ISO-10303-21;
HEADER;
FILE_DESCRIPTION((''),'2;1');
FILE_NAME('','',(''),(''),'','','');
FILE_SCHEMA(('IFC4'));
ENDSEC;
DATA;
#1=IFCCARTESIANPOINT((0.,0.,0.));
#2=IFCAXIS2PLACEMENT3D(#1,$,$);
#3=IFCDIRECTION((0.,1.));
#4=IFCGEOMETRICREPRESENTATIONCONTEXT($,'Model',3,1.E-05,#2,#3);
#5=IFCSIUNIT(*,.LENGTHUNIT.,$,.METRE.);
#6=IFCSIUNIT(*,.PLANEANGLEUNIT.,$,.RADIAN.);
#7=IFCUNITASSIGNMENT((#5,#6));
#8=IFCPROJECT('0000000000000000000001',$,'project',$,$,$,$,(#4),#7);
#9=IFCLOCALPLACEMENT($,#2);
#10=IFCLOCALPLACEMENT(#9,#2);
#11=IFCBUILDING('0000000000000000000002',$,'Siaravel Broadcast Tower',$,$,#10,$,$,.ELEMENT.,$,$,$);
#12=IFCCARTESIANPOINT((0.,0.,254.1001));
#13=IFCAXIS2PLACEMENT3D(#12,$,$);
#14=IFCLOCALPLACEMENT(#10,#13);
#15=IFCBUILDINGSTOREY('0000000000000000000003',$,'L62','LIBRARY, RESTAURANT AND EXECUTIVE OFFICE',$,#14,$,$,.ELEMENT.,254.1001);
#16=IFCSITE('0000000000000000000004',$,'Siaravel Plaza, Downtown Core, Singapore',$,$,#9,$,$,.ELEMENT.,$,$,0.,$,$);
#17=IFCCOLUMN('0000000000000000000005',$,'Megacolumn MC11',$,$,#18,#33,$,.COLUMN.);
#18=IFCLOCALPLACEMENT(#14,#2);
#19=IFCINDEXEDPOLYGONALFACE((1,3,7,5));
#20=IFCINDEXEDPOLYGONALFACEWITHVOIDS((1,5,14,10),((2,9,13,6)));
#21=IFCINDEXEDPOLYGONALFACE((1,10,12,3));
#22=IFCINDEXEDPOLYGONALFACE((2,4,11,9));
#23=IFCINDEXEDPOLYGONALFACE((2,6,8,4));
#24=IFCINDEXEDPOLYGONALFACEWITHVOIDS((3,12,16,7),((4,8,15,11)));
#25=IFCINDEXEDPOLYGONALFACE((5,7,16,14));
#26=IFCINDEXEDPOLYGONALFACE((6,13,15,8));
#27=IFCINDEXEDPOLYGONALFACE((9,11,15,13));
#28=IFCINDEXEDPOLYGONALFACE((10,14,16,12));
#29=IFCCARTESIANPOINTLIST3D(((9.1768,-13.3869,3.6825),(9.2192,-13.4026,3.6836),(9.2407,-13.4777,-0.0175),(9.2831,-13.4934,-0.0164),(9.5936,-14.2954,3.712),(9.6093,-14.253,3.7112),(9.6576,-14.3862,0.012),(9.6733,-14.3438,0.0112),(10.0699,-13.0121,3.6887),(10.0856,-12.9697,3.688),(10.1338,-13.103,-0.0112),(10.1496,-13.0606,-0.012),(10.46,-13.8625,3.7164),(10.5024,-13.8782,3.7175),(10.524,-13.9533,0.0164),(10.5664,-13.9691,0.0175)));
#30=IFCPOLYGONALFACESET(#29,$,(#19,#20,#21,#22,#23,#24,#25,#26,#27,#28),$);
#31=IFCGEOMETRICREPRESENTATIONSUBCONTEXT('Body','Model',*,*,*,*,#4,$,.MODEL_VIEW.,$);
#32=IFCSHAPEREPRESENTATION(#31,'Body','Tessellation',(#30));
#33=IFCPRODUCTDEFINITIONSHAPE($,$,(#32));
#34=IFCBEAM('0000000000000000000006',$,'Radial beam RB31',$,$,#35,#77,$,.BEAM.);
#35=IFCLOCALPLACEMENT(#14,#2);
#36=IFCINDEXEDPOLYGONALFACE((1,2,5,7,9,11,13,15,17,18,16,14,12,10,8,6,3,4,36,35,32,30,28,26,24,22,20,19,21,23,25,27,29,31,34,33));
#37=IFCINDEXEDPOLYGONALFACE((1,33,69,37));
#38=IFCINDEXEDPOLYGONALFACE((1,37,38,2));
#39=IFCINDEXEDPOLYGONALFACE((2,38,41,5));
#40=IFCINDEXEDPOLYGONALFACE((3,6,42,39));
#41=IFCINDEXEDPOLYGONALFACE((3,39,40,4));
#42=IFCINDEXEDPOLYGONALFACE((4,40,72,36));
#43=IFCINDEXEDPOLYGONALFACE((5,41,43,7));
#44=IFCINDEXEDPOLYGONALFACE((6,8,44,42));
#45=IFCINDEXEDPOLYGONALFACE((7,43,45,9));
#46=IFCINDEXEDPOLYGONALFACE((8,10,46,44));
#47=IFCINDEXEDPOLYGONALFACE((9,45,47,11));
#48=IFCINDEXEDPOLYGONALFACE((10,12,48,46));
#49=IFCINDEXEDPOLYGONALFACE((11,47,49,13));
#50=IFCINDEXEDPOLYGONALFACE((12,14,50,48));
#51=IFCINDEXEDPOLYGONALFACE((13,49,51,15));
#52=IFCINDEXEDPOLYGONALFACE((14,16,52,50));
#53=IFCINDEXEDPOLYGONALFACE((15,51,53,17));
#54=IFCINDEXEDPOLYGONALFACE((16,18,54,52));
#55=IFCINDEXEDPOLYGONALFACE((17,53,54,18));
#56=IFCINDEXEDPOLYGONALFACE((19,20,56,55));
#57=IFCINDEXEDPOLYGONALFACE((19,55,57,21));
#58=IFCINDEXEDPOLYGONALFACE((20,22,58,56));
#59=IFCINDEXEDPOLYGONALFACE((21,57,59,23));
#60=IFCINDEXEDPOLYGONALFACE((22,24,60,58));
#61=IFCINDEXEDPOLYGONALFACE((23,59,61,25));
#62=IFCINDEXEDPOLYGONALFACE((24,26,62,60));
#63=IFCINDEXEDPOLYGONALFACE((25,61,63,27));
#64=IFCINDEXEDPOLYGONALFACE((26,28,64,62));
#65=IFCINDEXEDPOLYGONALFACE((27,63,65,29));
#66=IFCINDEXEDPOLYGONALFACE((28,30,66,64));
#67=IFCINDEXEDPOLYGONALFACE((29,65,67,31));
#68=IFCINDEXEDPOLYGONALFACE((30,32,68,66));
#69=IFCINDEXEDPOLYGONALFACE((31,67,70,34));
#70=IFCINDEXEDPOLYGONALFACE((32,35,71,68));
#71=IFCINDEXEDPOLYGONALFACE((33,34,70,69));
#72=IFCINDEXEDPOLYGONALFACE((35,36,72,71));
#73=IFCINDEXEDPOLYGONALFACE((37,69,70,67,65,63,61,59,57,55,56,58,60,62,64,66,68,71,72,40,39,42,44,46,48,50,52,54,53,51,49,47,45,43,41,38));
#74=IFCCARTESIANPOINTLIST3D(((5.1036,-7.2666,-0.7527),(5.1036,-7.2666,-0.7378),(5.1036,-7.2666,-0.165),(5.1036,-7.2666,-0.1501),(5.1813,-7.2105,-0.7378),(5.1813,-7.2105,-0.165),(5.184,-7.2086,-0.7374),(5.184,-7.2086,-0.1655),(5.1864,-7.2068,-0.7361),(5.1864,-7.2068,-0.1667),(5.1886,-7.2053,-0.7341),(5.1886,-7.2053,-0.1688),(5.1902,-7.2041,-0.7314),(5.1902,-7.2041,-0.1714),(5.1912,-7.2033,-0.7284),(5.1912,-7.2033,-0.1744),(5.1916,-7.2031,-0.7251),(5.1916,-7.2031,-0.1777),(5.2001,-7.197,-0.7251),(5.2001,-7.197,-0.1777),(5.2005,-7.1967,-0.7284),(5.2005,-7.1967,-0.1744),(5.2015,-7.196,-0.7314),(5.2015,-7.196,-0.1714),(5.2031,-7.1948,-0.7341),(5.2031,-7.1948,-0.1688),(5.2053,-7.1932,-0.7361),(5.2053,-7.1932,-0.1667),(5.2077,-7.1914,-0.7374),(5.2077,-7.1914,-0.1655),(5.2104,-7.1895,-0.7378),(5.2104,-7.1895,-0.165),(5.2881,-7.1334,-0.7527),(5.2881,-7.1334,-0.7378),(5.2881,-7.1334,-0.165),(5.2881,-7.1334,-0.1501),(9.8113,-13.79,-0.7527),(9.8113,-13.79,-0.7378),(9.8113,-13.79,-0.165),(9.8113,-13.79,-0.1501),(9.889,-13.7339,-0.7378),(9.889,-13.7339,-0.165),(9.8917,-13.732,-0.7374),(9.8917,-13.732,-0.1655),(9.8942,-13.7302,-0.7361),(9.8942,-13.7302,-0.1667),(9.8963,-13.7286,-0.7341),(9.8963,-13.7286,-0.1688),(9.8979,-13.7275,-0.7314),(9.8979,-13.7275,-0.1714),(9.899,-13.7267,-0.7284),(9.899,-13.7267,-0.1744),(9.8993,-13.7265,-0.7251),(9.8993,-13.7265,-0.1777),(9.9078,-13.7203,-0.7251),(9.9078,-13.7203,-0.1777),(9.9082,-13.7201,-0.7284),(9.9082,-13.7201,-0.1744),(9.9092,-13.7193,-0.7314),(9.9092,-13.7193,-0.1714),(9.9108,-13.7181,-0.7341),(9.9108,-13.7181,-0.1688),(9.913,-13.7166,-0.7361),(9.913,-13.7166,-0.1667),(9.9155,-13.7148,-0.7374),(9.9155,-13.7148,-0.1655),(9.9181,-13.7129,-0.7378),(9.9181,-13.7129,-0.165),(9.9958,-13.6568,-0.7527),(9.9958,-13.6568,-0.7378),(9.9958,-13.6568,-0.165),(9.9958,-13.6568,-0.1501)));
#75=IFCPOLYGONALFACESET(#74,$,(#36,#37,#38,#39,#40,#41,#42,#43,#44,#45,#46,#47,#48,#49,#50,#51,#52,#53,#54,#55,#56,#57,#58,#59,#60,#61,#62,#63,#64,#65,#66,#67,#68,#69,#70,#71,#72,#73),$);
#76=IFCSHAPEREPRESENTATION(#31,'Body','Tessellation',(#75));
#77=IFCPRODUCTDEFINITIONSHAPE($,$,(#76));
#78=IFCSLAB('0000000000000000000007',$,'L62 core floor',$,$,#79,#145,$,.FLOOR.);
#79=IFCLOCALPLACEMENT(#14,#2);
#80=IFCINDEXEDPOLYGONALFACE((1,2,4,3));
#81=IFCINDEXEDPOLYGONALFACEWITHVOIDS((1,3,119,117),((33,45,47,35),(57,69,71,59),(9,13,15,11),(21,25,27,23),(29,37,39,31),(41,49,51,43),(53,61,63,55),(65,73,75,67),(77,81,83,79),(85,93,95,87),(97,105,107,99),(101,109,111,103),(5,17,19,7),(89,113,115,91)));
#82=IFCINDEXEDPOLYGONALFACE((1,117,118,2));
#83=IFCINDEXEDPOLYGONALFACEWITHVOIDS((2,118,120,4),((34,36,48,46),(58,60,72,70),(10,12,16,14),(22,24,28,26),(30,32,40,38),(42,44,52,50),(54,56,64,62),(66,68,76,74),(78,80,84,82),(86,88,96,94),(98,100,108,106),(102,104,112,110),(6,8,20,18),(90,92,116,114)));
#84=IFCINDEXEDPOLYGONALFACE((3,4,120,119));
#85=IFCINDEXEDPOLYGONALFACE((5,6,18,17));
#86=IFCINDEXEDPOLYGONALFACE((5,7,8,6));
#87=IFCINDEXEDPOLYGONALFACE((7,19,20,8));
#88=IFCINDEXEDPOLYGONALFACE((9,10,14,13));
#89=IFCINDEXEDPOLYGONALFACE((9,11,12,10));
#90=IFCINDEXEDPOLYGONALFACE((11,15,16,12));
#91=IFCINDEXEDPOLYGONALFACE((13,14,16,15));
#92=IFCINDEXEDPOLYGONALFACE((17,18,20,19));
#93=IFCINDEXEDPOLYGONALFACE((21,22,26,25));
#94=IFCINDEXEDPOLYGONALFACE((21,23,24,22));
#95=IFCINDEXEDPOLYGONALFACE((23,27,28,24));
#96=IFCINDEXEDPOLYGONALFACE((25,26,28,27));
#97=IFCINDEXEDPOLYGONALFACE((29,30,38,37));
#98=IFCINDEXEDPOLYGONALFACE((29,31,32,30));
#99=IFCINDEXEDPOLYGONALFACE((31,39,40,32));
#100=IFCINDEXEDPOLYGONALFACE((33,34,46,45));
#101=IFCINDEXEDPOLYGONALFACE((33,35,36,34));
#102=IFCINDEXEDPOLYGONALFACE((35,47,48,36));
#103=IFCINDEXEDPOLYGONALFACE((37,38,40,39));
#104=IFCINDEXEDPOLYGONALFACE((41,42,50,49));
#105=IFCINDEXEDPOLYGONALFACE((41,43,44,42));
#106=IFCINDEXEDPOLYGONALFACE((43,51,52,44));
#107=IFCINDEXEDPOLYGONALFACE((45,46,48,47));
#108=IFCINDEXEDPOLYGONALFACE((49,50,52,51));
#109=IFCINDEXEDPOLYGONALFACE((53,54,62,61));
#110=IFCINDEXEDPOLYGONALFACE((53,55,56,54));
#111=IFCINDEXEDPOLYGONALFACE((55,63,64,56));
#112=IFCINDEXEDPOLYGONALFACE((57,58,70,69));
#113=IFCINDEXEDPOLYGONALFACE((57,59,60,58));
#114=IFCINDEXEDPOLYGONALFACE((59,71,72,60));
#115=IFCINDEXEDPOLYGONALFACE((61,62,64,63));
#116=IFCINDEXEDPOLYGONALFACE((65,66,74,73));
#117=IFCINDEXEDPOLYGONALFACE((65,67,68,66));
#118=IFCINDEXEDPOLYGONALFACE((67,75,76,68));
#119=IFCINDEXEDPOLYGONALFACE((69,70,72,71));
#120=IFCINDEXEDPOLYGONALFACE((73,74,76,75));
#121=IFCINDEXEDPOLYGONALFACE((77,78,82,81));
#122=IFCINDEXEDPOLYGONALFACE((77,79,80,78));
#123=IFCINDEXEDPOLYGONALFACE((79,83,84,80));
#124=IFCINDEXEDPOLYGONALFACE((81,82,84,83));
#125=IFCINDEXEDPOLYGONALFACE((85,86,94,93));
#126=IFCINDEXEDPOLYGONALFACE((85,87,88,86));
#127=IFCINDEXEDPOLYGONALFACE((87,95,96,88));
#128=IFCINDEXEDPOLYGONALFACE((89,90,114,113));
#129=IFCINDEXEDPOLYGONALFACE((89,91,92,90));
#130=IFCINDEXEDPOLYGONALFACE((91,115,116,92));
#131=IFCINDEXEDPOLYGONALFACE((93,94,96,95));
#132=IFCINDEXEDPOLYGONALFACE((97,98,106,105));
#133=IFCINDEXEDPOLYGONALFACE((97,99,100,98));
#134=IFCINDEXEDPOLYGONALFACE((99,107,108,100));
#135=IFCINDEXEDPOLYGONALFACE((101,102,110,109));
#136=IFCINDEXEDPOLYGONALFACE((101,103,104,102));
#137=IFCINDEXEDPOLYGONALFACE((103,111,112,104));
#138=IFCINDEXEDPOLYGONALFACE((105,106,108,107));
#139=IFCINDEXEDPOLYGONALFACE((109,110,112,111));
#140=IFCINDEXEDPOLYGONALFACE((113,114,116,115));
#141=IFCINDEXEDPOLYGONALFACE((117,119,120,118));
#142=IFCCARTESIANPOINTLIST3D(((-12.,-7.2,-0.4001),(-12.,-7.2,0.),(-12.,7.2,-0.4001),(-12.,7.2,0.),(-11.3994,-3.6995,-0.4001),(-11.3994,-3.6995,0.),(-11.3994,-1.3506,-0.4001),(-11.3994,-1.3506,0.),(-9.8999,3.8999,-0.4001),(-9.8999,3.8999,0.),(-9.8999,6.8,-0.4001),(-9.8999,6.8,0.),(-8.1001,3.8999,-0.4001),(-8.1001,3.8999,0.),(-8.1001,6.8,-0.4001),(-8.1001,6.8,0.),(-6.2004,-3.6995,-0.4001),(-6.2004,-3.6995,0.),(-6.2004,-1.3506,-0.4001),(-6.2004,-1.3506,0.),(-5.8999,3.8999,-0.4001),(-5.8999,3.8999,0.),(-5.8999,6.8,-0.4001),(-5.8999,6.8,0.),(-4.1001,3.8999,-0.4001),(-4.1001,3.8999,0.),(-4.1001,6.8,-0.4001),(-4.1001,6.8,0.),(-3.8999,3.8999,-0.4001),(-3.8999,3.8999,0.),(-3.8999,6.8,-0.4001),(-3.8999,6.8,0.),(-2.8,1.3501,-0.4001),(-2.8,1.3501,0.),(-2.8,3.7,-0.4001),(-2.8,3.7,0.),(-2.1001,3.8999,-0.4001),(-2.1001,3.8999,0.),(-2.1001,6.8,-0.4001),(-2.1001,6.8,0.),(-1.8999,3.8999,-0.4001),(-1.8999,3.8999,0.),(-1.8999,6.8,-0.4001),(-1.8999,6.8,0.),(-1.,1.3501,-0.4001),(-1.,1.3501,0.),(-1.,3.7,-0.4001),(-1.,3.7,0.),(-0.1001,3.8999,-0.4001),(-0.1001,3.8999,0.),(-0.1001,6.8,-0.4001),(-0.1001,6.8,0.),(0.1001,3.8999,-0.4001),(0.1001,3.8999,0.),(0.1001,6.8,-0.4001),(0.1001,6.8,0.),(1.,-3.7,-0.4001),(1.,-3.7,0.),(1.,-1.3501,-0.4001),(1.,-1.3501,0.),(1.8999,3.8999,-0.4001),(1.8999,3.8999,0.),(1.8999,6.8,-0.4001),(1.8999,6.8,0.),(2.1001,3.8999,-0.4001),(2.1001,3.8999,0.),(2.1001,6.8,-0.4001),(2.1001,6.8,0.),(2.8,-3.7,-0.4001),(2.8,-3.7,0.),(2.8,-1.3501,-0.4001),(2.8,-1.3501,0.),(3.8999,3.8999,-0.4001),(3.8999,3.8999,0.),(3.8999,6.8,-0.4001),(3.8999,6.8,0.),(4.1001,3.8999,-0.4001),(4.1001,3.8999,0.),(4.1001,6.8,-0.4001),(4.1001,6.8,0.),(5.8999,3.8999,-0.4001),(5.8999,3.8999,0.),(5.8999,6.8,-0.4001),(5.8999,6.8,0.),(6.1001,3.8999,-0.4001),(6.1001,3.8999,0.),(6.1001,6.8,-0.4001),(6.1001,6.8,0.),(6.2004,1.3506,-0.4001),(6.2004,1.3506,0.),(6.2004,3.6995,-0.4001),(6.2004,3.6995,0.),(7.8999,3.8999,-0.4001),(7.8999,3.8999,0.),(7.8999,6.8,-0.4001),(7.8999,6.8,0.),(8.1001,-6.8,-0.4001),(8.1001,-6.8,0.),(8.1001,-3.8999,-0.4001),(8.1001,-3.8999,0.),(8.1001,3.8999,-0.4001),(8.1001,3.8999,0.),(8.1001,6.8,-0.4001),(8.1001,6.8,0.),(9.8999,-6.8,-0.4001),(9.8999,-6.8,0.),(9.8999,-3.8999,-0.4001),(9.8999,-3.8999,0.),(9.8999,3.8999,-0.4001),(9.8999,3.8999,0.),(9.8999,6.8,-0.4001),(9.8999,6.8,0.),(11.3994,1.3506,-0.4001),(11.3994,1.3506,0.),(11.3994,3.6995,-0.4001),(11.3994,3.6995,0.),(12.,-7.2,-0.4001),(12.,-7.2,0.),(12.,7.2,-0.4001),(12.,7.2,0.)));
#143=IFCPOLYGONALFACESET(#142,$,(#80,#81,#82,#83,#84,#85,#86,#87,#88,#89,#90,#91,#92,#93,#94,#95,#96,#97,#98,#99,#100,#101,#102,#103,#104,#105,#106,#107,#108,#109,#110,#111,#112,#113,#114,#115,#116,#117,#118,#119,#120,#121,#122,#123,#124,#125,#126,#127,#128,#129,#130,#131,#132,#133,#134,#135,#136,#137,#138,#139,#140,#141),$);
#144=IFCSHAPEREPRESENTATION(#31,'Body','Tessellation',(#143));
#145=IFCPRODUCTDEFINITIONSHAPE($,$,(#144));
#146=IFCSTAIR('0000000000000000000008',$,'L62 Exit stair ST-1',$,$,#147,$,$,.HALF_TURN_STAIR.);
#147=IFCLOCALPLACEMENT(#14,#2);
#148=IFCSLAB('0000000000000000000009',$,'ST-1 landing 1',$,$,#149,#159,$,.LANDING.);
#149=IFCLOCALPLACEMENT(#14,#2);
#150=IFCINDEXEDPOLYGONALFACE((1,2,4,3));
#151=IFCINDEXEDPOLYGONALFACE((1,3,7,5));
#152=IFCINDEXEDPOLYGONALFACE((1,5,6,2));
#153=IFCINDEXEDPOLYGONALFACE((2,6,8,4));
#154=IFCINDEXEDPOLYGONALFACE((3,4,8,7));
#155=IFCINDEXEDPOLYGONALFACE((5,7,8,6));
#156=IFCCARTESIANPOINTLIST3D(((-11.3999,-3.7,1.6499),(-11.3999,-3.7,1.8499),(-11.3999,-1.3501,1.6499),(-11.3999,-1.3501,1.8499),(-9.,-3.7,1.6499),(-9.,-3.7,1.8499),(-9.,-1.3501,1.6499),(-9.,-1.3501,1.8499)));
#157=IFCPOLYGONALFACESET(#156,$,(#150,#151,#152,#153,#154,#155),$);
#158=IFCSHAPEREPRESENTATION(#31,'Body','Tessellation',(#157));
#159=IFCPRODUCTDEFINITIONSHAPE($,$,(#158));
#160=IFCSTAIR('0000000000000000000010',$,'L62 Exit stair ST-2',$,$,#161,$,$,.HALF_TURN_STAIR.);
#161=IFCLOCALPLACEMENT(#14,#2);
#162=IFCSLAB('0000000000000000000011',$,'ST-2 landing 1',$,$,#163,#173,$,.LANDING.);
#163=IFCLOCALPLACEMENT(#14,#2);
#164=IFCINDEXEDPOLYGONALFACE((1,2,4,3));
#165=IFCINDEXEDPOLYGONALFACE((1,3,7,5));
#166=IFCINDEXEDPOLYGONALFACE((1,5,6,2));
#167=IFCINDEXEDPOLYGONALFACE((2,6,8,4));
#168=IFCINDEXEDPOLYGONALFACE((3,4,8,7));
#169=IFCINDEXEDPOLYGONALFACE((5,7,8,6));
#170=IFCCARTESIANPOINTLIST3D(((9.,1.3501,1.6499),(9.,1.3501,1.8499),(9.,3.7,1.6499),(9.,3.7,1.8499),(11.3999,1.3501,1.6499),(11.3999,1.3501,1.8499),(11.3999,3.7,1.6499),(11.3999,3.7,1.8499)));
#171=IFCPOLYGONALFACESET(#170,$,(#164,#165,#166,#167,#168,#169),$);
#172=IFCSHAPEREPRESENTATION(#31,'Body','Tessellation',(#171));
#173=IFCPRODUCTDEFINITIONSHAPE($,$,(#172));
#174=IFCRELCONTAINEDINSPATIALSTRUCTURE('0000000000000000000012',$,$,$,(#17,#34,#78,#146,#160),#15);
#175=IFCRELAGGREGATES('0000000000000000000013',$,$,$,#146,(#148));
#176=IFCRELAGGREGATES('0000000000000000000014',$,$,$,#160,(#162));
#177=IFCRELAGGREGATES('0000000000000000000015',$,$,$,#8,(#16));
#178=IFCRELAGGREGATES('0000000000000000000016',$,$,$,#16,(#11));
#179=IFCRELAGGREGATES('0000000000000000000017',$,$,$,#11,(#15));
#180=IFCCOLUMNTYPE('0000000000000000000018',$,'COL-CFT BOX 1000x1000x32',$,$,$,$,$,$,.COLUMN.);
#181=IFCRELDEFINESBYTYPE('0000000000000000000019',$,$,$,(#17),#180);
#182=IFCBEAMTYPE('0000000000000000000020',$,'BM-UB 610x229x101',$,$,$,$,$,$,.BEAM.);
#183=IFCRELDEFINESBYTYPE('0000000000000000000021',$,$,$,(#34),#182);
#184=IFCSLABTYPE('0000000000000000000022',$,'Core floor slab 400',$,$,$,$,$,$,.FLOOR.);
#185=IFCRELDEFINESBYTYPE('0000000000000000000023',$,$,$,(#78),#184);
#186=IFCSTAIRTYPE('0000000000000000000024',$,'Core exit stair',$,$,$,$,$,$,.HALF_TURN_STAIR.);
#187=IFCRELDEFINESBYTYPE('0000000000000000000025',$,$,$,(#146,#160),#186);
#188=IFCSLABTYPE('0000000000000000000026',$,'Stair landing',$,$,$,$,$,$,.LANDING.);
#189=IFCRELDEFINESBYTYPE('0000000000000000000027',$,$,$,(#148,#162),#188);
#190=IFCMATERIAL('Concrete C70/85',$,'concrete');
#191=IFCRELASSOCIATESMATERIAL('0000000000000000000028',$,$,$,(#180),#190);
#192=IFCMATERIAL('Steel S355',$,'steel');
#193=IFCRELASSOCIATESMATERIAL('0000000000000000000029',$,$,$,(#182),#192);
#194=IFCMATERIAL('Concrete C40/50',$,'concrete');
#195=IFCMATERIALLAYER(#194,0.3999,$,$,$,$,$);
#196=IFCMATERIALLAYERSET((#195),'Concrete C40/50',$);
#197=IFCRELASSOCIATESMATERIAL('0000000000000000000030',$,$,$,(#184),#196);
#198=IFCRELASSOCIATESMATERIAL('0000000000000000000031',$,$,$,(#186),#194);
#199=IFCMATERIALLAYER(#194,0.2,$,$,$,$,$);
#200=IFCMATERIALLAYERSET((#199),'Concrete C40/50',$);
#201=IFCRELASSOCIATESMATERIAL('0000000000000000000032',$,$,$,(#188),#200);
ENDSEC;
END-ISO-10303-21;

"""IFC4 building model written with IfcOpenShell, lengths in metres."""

from ifc_helpers import new_model, si_unit, direction, frame, origin, origin_2d, place, context, subcontext, project, spatial, polyline, hollow_rectangle, i_section, outline, extrude, material, layer, layer_set, material_profile, profile_set, type_object, element, aggregate, save


model = new_model("IFC4")

# Units and contexts
model_context = context("Model", 3, precision=1e-05, world=origin(), true_north=direction((0.0, 1.0)))
body_context = subcontext(model_context, "Body", "Model", "MODEL_VIEW")
ifc_project = project(units=[si_unit("LENGTHUNIT", "METRE"), si_unit("PLANEANGLEUNIT", "RADIAN")], contexts=[model_context])

# Site, building, storey
site_placement = place(None, origin())
site = spatial("IfcSite", under=ifc_project, at=site_placement, Name="Siaravel Plaza, Downtown Core, Singapore", CompositionType="ELEMENT", RefElevation=0.0)
building_placement = place(site_placement, origin())
building = spatial("IfcBuilding", under=site, at=building_placement, Name="Siaravel Broadcast Tower", CompositionType="ELEMENT")
storey_placement = place(building_placement, frame((0.0, 0.0, 254.1001)))
storey = spatial("IfcBuildingStorey", under=building, at=storey_placement, Name="L62", Description="LIBRARY, RESTAURANT AND EXECUTIVE OFFICE", CompositionType="ELEMENT", Elevation=254.1001)

# Column
ifc_material_1 = material(Name="Concrete C70/85", Category="concrete")
ifc_material_profile_1 = material_profile(ifc_material_1, hollow_rectangle(XDim=1.0, YDim=1.0, WallThickness=0.032, at=origin_2d()))
ifc_profile_set_1 = profile_set([ifc_material_profile_1], Name="Concrete C70/85")
column_type = type_object("IfcColumnType", Name="COL-CFT BOX 1000x1000x32", PredefinedType="COLUMN", material=ifc_profile_set_1)
column_placement = place(storey_placement, frame((9.9036, -13.7234, 0.0), z_axis=(-0.01728, 0.024535, 0.99955), x_axis=(-0.908817, -0.417158, -0.005472)))
element("IfcColumn", 1, at=column_placement, inside=storey, type_object=column_type, Name="Megacolumn MC11", PredefinedType="COLUMN", context=body_context, shape_type="SweptSolid", body=[
    extrude(hollow_rectangle(XDim=1.0, YDim=1.0, WallThickness=0.032, at=origin_2d()), origin(), (0.0, 0.0, 1.0), 3.7017),
])

# Beam
ifc_material_2 = material(Name="Steel S355", Category="steel")
ifc_material_profile_2 = material_profile(ifc_material_2, i_section(OverallWidth=0.2275, OverallDepth=0.6025, WebThickness=0.0105, FlangeThickness=0.0149, FilletRadius=0.0127, at=origin_2d()))
ifc_profile_set_2 = profile_set([ifc_material_profile_2], Name="Steel S355")
beam_type = type_object("IfcBeamType", Name="BM-UB 610x229x101", PredefinedType="BEAM", material=ifc_profile_set_2)
beam_placement = place(storey_placement, frame((9.9036, -13.7234, -0.4514), z_axis=(-0.585196, 0.810892, 0.0), x_axis=(-0.810892, -0.585196, 0.0)))
element("IfcBeam", 2, at=beam_placement, inside=storey, type_object=beam_type, Name="Radial beam RB31", PredefinedType="BEAM", context=body_context, shape_type="SweptSolid", body=[
    extrude(i_section(OverallWidth=0.2275, OverallDepth=0.6025, WebThickness=0.0105, FlangeThickness=0.0149, FilletRadius=0.0127, at=origin_2d()), origin(), (0.0, 0.0, 1.0), 8.0447),
])

# Slab
ifc_material_3 = material(Name="Concrete C40/50", Category="concrete")
ifc_layer_1 = layer(ifc_material_3, 0.3999)
ifc_layer_set_1 = layer_set([ifc_layer_1], Name="Concrete C40/50")
slab_type_1 = type_object("IfcSlabType", Name="Core floor slab 400", PredefinedType="FLOOR", material=ifc_layer_set_1)
slab_1_placement = place(storey_placement, frame((0.0, 0.0, -0.4001)))
element("IfcSlab", 3, at=slab_1_placement, inside=storey, type_object=slab_type_1, Name="L62 core floor", PredefinedType="FLOOR", context=body_context, shape_type="SweptSolid", body=[
    extrude(outline(polyline([(-12.0, -7.2), (-12.0, 7.2), (12.0, 7.2), (12.0, -7.2), (-12.0, -7.2)]), holes=[polyline([(11.3994, 1.3506), (11.3994, 3.6995), (6.2004, 3.6995), (6.2004, 1.3506), (11.3994, 1.3506)]), polyline([(8.1001, -3.8999), (8.1001, -6.8), (9.8999, -6.8), (9.8999, -3.8999), (8.1001, -3.8999)]), polyline([(9.8999, 6.8), (8.1001, 6.8), (8.1001, 3.8999), (9.8999, 3.8999), (9.8999, 6.8)]), polyline([(7.8999, 6.8), (6.1001, 6.8), (6.1001, 3.8999), (7.8999, 3.8999), (7.8999, 6.8)]), polyline([(5.8999, 6.8), (4.1001, 6.8), (4.1001, 3.8999), (5.8999, 3.8999), (5.8999, 6.8)]), polyline([(3.8999, 6.8), (2.1001, 6.8), (2.1001, 3.8999), (3.8999, 3.8999), (3.8999, 6.8)]), polyline([(2.8, -1.3501), (1.0, -1.3501), (1.0, -3.7), (2.8, -3.7), (2.8, -1.3501)]), polyline([(1.8999, 6.8), (0.1001, 6.8), (0.1001, 3.8999), (1.8999, 3.8999), (1.8999, 6.8)]), polyline([(-0.1001, 6.8), (-1.8999, 6.8), (-1.8999, 3.8999), (-0.1001, 3.8999), (-0.1001, 6.8)]), polyline([(-1.0, 3.7), (-2.8, 3.7), (-2.8, 1.3501), (-1.0, 1.3501), (-1.0, 3.7)]), polyline([(-2.1001, 6.8), (-3.8999, 6.8), (-3.8999, 3.8999), (-2.1001, 3.8999), (-2.1001, 6.8)]), polyline([(-4.1001, 6.8), (-5.8999, 6.8), (-5.8999, 3.8999), (-4.1001, 3.8999), (-4.1001, 6.8)]), polyline([(-11.3994, -3.6995), (-6.2004, -3.6995), (-6.2004, -1.3506), (-11.3994, -1.3506), (-11.3994, -3.6995)]), polyline([(-8.1001, 6.8), (-9.8999, 6.8), (-9.8999, 3.8999), (-8.1001, 3.8999), (-8.1001, 6.8)])]), origin(), (0.0, 0.0, 1.0), 0.4001),
])

# Stairs, slabs
stair_type = type_object("IfcStairType", Name="Core exit stair", PredefinedType="HALF_TURN_STAIR", material=ifc_material_3)
stair_1_placement = place(storey_placement, origin())
stair_1 = element("IfcStair", 4, at=stair_1_placement, inside=storey, type_object=stair_type, Name="L62 Exit stair ST-1", PredefinedType="HALF_TURN_STAIR")
ifc_layer_2 = layer(ifc_material_3, 0.2)
ifc_layer_set_2 = layer_set([ifc_layer_2], Name="Concrete C40/50")
slab_type_2 = type_object("IfcSlabType", Name="Stair landing", PredefinedType="LANDING", material=ifc_layer_set_2)
slab_2_placement = place(storey_placement, frame((0.0, 0.0, 1.6499)))
slab_2 = element("IfcSlab", 5, at=slab_2_placement, type_object=slab_type_2, Name="ST-1 landing 1", PredefinedType="LANDING", context=body_context, shape_type="SweptSolid", body=[
    extrude(outline(polyline([(-9.0, -1.3501), (-11.3999, -1.3501), (-11.3999, -3.7), (-9.0, -3.7), (-9.0, -1.3501)])), origin(), (0.0, 0.0, 1.0), 0.2),
])
aggregate(stair_1, [slab_2])
stair_2_placement = place(storey_placement, origin())
stair_2 = element("IfcStair", 6, at=stair_2_placement, inside=storey, type_object=stair_type, Name="L62 Exit stair ST-2", PredefinedType="HALF_TURN_STAIR")
slab_3_placement = place(storey_placement, frame((0.0, 0.0, 1.6499)))
slab_3 = element("IfcSlab", 7, at=slab_3_placement, type_object=slab_type_2, Name="ST-2 landing 1", PredefinedType="LANDING", context=body_context, shape_type="SweptSolid", body=[
    extrude(outline(polyline([(9.0, 1.3501), (11.3999, 1.3501), (11.3999, 3.7), (9.0, 3.7), (9.0, 1.3501)])), origin(), (0.0, 0.0, 1.0), 0.2),
])
aggregate(stair_2, [slab_3])

save(model, "model.ifc")
